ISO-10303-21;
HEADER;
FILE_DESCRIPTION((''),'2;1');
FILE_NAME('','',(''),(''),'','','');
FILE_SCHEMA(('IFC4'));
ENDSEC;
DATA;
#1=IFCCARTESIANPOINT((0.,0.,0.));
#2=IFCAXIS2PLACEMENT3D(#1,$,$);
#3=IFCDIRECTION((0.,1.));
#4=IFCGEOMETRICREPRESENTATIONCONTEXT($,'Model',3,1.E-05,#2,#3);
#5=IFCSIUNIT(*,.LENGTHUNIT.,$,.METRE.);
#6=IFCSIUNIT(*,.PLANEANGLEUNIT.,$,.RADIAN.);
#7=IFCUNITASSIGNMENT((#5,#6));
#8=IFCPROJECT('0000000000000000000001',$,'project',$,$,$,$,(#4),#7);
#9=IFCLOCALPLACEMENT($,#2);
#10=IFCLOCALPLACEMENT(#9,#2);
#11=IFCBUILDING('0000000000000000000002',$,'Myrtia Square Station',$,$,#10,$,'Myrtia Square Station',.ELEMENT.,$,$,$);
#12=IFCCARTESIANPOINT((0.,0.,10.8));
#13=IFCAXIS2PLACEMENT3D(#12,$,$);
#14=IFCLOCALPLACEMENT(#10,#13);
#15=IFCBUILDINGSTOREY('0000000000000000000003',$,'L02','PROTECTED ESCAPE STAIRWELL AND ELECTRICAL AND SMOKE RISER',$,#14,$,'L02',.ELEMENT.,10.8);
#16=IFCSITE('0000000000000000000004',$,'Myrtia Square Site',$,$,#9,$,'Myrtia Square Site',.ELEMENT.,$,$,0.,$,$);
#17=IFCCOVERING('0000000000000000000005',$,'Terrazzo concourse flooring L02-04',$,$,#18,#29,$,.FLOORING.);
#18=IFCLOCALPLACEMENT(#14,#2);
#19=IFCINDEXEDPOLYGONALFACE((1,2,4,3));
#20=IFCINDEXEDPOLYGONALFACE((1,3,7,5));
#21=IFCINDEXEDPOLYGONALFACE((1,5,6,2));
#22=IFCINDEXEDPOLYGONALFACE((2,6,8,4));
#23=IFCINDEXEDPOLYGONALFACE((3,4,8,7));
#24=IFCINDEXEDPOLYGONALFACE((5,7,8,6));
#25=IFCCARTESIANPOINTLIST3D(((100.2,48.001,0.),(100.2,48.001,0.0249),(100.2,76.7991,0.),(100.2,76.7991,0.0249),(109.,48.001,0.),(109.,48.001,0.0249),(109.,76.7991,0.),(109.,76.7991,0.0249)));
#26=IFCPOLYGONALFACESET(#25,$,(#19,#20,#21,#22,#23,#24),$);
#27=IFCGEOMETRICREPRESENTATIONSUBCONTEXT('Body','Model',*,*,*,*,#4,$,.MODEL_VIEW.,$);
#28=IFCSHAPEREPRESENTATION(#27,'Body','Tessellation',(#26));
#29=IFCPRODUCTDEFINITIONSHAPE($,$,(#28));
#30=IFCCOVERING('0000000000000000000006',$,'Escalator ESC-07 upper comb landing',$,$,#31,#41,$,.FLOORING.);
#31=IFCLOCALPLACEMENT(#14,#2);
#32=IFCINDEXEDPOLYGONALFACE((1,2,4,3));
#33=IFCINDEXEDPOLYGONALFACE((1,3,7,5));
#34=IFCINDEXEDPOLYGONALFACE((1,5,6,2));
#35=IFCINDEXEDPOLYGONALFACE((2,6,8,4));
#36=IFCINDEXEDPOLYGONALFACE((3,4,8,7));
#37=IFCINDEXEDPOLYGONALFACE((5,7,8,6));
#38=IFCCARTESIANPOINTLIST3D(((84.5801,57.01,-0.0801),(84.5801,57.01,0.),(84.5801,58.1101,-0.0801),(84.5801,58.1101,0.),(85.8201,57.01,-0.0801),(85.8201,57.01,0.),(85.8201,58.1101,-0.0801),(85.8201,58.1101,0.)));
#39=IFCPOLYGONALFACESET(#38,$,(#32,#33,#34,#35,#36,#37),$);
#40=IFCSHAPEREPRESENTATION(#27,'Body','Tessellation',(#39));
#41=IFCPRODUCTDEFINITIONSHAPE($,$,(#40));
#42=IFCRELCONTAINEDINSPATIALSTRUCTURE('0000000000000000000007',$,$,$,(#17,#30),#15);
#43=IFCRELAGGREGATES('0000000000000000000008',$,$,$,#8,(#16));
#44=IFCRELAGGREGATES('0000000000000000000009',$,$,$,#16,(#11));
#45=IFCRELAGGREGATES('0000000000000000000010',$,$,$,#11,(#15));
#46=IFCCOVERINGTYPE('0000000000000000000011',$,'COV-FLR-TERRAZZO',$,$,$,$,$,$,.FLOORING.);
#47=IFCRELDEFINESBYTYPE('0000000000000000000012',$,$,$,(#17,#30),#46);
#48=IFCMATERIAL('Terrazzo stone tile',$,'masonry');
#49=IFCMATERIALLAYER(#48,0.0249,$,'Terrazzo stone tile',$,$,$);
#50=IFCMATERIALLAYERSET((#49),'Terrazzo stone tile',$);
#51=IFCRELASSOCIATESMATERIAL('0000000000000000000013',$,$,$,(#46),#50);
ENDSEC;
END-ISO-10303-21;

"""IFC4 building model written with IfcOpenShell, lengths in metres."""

from ifc_helpers import new_model, si_unit, direction, frame, origin, place, context, subcontext, project, spatial, polyline, outline, extrude, material, layer, layer_set, type_object, element, save


model = new_model("IFC4")

# Units and contexts
model_context = context("Model", 3, precision=1e-05, world=origin(), true_north=direction((0.0, 1.0)))
body_context = subcontext(model_context, "Body", "Model", "MODEL_VIEW")
ifc_project = project(units=[si_unit("LENGTHUNIT", "METRE"), si_unit("PLANEANGLEUNIT", "RADIAN")], contexts=[model_context])

# Site, building, storey
site_placement = place(None, origin())
site = spatial("IfcSite", under=ifc_project, at=site_placement, Name="Myrtia Square Site", LongName="Myrtia Square Site", CompositionType="ELEMENT", RefElevation=0.0)
building_placement = place(site_placement, origin())
building = spatial("IfcBuilding", under=site, at=building_placement, Name="Myrtia Square Station", LongName="Myrtia Square Station", CompositionType="ELEMENT")
storey_placement = place(building_placement, frame((0.0, 0.0, 10.8)))
storey = spatial("IfcBuildingStorey", under=building, at=storey_placement, Name="L02", Description="PROTECTED ESCAPE STAIRWELL AND ELECTRICAL AND SMOKE RISER", LongName="L02", CompositionType="ELEMENT", Elevation=10.8)

# Coverings
ifc_material_1 = material(Name="Terrazzo stone tile", Category="masonry")
ifc_layer_1 = layer(ifc_material_1, 0.0249, Name="Terrazzo stone tile")
ifc_layer_set_1 = layer_set([ifc_layer_1], Name="Terrazzo stone tile")
covering_type_1 = type_object("IfcCoveringType", Name="COV-FLR-TERRAZZO", PredefinedType="FLOORING", material=ifc_layer_set_1)
covering_1_placement = place(storey_placement, origin())
element("IfcCovering", 1, at=covering_1_placement, inside=storey, type_object=covering_type_1, Name="Terrazzo concourse flooring L02-04", PredefinedType="FLOORING", context=body_context, shape_type="SweptSolid", body=[
    extrude(outline(polyline([(100.2, 76.7991), (109.0, 76.7991), (109.0, 48.001), (100.2, 48.001), (100.2, 76.7991)])), origin(), (0.0, 0.0, 1.0), 0.0249),
])
covering_2_placement = place(storey_placement, frame((0.0, 0.0, -0.0801)))
element("IfcCovering", 2, at=covering_2_placement, inside=storey, type_object=covering_type_1, Name="Escalator ESC-07 upper comb landing", PredefinedType="FLOORING", context=body_context, shape_type="SweptSolid", body=[
    extrude(outline(polyline([(84.5801, 57.01), (85.8201, 57.01), (85.8201, 58.1101), (84.5801, 58.1101), (84.5801, 57.01)])), origin(), (0.0, 0.0, 1.0), 0.0801),
])

save(model, "model.ifc")
